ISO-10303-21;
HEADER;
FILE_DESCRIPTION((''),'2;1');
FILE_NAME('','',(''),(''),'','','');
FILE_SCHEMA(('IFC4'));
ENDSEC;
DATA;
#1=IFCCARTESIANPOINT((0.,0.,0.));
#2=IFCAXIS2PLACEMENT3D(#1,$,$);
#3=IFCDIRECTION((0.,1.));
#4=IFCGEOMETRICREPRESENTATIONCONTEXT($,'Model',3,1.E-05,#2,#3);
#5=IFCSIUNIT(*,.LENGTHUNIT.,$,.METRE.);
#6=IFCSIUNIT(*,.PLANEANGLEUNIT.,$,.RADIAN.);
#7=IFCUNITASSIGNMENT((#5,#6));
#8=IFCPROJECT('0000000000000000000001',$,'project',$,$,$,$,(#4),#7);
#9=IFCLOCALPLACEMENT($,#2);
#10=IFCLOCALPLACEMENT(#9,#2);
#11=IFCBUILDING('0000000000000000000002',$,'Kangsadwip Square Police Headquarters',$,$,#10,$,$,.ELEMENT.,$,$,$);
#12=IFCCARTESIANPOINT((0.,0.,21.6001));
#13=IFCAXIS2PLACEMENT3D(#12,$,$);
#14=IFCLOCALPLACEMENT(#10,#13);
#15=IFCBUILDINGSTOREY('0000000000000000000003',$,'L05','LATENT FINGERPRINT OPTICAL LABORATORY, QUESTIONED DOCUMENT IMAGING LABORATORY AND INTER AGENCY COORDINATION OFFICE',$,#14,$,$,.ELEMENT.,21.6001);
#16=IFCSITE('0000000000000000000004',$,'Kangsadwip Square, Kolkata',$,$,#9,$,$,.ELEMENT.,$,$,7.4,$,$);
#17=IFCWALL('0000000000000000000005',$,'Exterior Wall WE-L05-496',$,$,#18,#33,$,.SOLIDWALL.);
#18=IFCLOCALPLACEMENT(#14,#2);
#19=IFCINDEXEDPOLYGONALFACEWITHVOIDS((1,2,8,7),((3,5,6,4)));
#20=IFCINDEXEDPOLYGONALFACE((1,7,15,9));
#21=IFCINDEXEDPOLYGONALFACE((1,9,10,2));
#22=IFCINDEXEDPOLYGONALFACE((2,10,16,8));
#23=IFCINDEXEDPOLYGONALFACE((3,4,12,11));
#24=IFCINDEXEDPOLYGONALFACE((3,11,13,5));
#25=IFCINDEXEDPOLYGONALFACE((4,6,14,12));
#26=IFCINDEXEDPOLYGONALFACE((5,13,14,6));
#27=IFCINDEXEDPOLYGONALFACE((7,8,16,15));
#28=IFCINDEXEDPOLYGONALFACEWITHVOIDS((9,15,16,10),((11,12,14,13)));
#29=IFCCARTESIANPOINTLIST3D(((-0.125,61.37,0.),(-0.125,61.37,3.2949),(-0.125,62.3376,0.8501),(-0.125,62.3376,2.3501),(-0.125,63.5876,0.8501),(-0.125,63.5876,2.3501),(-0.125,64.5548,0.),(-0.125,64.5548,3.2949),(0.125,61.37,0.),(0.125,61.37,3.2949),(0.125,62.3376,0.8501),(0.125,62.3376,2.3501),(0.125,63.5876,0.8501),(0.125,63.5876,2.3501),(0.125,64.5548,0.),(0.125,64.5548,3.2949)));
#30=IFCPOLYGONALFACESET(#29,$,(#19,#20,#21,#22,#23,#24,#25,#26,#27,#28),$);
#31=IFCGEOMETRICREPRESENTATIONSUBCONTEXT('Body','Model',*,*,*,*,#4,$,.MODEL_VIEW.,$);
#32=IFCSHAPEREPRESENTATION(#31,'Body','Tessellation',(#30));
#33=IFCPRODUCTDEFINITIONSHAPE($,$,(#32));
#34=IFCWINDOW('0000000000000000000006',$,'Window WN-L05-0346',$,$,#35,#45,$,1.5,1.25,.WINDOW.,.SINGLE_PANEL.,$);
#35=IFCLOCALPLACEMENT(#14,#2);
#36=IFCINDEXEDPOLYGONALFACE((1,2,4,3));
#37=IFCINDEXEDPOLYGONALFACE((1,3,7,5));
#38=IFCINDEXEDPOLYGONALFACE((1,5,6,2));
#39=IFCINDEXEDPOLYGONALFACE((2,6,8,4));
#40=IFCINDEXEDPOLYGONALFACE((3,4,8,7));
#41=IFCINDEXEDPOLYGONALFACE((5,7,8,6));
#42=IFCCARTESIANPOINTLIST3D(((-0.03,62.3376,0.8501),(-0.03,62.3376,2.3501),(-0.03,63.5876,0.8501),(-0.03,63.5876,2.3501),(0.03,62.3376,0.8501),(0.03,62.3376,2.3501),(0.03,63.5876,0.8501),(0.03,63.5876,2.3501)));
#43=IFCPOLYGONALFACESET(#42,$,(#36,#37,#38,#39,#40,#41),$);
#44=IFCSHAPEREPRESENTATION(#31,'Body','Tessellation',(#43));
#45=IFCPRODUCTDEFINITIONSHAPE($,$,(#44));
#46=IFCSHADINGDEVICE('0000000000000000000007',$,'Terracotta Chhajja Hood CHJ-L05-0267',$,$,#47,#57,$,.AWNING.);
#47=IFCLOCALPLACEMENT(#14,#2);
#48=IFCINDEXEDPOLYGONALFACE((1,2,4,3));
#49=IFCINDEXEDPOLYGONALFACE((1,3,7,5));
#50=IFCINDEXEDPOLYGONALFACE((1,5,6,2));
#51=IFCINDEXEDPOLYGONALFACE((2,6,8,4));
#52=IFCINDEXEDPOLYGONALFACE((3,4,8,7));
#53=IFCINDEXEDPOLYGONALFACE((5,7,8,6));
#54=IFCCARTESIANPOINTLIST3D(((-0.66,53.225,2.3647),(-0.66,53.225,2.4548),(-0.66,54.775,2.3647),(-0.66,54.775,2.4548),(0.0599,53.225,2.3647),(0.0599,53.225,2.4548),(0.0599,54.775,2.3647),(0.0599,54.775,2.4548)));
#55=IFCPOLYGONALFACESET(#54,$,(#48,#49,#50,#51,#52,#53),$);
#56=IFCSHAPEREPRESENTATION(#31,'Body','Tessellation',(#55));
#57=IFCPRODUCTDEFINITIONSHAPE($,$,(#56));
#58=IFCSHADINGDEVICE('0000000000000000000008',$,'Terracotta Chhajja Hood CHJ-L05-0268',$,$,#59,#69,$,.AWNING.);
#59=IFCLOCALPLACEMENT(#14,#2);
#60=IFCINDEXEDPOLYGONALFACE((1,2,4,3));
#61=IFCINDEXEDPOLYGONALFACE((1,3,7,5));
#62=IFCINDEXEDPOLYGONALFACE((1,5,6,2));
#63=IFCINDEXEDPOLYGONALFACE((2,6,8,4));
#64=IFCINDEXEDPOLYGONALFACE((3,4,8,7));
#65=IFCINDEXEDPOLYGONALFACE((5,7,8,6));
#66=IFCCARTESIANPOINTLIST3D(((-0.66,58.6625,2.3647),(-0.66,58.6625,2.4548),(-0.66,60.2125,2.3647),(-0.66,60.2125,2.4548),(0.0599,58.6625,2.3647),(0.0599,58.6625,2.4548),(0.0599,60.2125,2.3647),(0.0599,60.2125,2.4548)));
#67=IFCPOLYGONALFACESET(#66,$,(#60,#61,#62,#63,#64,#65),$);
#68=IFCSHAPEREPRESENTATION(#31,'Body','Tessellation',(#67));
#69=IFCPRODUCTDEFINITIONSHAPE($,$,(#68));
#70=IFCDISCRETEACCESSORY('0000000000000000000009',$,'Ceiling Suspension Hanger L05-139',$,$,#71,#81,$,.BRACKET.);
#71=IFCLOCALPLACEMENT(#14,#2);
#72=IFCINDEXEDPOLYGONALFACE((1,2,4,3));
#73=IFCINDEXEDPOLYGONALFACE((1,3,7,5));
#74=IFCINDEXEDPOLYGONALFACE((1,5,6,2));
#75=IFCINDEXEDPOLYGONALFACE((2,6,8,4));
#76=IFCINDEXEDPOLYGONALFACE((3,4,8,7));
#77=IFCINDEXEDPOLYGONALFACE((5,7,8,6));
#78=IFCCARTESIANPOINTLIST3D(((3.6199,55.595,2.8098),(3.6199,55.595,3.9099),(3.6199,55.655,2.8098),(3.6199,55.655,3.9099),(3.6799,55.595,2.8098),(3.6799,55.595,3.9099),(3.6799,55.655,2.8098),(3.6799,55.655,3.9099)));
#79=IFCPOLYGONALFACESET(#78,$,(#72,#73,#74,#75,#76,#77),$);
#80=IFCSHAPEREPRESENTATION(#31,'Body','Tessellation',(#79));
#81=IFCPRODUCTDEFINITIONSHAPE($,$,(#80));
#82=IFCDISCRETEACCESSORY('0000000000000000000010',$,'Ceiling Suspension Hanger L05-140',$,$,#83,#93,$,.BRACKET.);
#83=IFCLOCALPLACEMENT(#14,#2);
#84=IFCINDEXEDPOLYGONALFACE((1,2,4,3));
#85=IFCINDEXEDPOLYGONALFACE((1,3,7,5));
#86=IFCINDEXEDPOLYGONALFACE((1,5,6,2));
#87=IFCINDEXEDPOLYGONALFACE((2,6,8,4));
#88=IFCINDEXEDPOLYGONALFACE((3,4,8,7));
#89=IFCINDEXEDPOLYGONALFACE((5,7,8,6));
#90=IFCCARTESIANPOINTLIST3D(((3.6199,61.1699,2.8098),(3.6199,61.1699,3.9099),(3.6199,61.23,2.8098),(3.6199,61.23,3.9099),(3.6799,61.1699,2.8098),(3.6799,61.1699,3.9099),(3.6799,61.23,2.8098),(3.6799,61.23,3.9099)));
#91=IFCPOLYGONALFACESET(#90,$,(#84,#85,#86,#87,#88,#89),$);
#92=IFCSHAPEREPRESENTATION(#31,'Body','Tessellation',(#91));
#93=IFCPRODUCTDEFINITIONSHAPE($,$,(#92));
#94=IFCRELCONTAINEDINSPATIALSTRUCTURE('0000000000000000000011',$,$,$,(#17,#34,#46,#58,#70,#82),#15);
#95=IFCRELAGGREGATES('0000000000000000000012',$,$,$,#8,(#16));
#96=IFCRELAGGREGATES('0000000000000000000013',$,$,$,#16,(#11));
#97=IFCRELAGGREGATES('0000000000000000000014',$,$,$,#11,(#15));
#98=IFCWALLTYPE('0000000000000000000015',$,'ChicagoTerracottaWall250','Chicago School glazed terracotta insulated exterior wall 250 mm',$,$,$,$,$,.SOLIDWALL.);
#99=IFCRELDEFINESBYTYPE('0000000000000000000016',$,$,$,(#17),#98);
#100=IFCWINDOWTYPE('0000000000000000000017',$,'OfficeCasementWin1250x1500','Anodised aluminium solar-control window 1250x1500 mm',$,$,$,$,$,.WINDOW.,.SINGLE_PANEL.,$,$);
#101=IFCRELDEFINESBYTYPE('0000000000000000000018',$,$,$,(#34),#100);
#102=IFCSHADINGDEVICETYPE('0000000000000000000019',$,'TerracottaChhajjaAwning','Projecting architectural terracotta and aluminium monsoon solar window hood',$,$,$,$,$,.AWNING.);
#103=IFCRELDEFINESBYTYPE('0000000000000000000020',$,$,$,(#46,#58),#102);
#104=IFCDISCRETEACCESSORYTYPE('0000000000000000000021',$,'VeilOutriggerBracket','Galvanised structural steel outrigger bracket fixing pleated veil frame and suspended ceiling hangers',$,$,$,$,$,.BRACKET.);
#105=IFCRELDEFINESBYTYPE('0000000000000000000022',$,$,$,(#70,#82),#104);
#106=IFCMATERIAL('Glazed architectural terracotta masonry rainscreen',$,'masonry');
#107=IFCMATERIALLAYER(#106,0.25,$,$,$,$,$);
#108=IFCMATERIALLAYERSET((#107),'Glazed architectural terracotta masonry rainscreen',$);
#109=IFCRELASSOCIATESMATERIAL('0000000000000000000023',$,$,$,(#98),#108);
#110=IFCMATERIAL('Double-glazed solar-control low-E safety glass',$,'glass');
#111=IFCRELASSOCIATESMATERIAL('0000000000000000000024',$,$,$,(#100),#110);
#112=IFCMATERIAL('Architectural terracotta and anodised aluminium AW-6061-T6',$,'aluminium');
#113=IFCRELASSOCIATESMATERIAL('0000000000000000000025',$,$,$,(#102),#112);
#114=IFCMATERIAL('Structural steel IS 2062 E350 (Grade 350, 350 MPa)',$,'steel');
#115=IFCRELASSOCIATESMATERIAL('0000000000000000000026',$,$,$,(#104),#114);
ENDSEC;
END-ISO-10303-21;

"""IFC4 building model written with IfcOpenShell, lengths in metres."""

from ifc_helpers import new_model, si_unit, direction, frame, frame_2d, origin, origin_2d, place, context, subcontext, project, spatial, rectangle, extrude, material, layer, layer_set, type_object, element, fill, save


model = new_model("IFC4")

# Units and contexts
model_context = context("Model", 3, precision=1e-05, world=origin(), true_north=direction((0.0, 1.0)))
body_context = subcontext(model_context, "Body", "Model", "MODEL_VIEW")
ifc_project = project(units=[si_unit("LENGTHUNIT", "METRE"), si_unit("PLANEANGLEUNIT", "RADIAN")], contexts=[model_context])

# Site, building, storey
site_placement = place(None, origin())
site = spatial("IfcSite", under=ifc_project, at=site_placement, Name="Kangsadwip Square, Kolkata", CompositionType="ELEMENT", RefElevation=7.4)
building_placement = place(site_placement, origin())
building = spatial("IfcBuilding", under=site, at=building_placement, Name="Kangsadwip Square Police Headquarters", CompositionType="ELEMENT")
storey_placement = place(building_placement, frame((0.0, 0.0, 21.6001)))
storey = spatial("IfcBuildingStorey", under=building, at=storey_placement, Name="L05", Description="LATENT FINGERPRINT OPTICAL LABORATORY, QUESTIONED DOCUMENT IMAGING LABORATORY AND INTER AGENCY COORDINATION OFFICE", CompositionType="ELEMENT", Elevation=21.6001)

# Wall, opening, window
ifc_material_1 = material(Name="Glazed architectural terracotta masonry rainscreen", Category="masonry")
ifc_layer = layer(ifc_material_1, 0.25)
ifc_layer_set = layer_set([ifc_layer], Name="Glazed architectural terracotta masonry rainscreen")
wall_type = type_object("IfcWallType", Name="ChicagoTerracottaWall250", Description="Chicago School glazed terracotta insulated exterior wall 250 mm", PredefinedType="SOLIDWALL", material=ifc_layer_set)
ifc_material_2 = material(Name="Double-glazed solar-control low-E safety glass", Category="glass")
window_type = type_object("IfcWindowType", Name="OfficeCasementWin1250x1500", Description="Anodised aluminium solar-control window 1250x1500 mm", PartitioningType="SINGLE_PANEL", PredefinedType="WINDOW", material=ifc_material_2)
wall_1_placement = place(storey_placement, frame((0.0, 61.3701, 0.0), z_axis=(0.0, 0.0, 1.0), x_axis=(0.0, 1.0, 0.0)))
wall_1 = element("IfcWall", 1, at=wall_1_placement, inside=storey, type_object=wall_type, Name="Exterior Wall WE-L05-496", PredefinedType="SOLIDWALL", context=body_context, shape_type="SweptSolid", body=[
    extrude(rectangle(XDim=3.1848, YDim=0.25, at=frame_2d((1.5923, 0.0))), origin(), (0.0, 0.0, 1.0), 3.2949),
])
opening_1_placement = place(wall_1_placement, frame((0.9675, 0.0, 0.8501)))
opening_1 = element("IfcOpeningElement", 2, at=opening_1_placement, cuts=wall_1, PredefinedType="OPENING", context=body_context, shape_type="SweptSolid", body=[
    extrude(rectangle(XDim=1.25, YDim=1.5, at=frame_2d((0.625, 0.75))), frame((0.0, 0.135, 0.0), z_axis=(0.0, -1.0, 0.0), x_axis=(1.0, 0.0, 0.0)), (0.0, 0.0, 1.0), 0.27),
])
window_1_placement = place(opening_1_placement, origin())
window_1 = element("IfcWindow", 3, at=window_1_placement, inside=storey, type_object=window_type, Name="Window WN-L05-0346", OverallHeight=1.5, OverallWidth=1.25, PartitioningType="SINGLE_PANEL", PredefinedType="WINDOW", context=body_context, shape_type="SweptSolid", body=[
    extrude(rectangle(XDim=1.25, YDim=1.5, at=frame_2d((0.625, 0.75))), frame((0.0, 0.03, 0.0), z_axis=(0.0, -1.0, 0.0), x_axis=(1.0, 0.0, 0.0)), (0.0, 0.0, 1.0), 0.0601),
])
fill(opening_1, window_1)

# Shading devices
ifc_material_3 = material(Name="Architectural terracotta and anodised aluminium AW-6061-T6", Category="aluminium")
shading_device_type = type_object("IfcShadingDeviceType", Name="TerracottaChhajjaAwning", Description="Projecting architectural terracotta and aluminium monsoon solar window hood", PredefinedType="AWNING", material=ifc_material_3)
for number, where, z_axis, x_axis, name in (
    (4, (-0.3, 54.0, 2.3647), (0.0, 0.0, 1.0), (0.0, 1.0, 0.0), "Terracotta Chhajja Hood CHJ-L05-0267"),
    (5, (-0.3, 59.4375, 2.3647), (0.0, 0.0, 1.0), (0.0, 1.0, 0.0), "Terracotta Chhajja Hood CHJ-L05-0268"),
):
    element("IfcShadingDevice", number, at=place(storey_placement, frame(where, z_axis=z_axis, x_axis=x_axis)), inside=storey, type_object=shading_device_type, Name=name, PredefinedType="AWNING", context=body_context, shape_type="SweptSolid", body=[
        extrude(rectangle(XDim=1.55, YDim=0.72, at=origin_2d()), origin(), (0.0, 0.0, 1.0), 0.0901),
    ])

# Discrete accessories
ifc_material_4 = material(Name="Structural steel IS 2062 E350 (Grade 350, 350 MPa)", Category="steel")
discrete_accessory_type = type_object("IfcDiscreteAccessoryType", Name="VeilOutriggerBracket", Description="Galvanised structural steel outrigger bracket fixing pleated veil frame and suspended ceiling hangers", PredefinedType="BRACKET", material=ifc_material_4)
for number, where, z_axis, x_axis, name in (
    (6, (3.6499, 55.625, 2.8098), (0.0, 0.0, 1.0), (1.0, 0.0, 0.0), "Ceiling Suspension Hanger L05-139"),
    (7, (3.6499, 61.2, 2.8098), (0.0, 0.0, 1.0), (1.0, 0.0, 0.0), "Ceiling Suspension Hanger L05-140"),
):
    element("IfcDiscreteAccessory", number, at=place(storey_placement, frame(where, z_axis=z_axis, x_axis=x_axis)), inside=storey, type_object=discrete_accessory_type, Name=name, PredefinedType="BRACKET", context=body_context, shape_type="SweptSolid", body=[
        extrude(rectangle(XDim=0.0601, YDim=0.0601, at=origin_2d()), origin(), (0.0, 0.0, 1.0), 1.1001),
    ])

save(model, "model.ifc")
